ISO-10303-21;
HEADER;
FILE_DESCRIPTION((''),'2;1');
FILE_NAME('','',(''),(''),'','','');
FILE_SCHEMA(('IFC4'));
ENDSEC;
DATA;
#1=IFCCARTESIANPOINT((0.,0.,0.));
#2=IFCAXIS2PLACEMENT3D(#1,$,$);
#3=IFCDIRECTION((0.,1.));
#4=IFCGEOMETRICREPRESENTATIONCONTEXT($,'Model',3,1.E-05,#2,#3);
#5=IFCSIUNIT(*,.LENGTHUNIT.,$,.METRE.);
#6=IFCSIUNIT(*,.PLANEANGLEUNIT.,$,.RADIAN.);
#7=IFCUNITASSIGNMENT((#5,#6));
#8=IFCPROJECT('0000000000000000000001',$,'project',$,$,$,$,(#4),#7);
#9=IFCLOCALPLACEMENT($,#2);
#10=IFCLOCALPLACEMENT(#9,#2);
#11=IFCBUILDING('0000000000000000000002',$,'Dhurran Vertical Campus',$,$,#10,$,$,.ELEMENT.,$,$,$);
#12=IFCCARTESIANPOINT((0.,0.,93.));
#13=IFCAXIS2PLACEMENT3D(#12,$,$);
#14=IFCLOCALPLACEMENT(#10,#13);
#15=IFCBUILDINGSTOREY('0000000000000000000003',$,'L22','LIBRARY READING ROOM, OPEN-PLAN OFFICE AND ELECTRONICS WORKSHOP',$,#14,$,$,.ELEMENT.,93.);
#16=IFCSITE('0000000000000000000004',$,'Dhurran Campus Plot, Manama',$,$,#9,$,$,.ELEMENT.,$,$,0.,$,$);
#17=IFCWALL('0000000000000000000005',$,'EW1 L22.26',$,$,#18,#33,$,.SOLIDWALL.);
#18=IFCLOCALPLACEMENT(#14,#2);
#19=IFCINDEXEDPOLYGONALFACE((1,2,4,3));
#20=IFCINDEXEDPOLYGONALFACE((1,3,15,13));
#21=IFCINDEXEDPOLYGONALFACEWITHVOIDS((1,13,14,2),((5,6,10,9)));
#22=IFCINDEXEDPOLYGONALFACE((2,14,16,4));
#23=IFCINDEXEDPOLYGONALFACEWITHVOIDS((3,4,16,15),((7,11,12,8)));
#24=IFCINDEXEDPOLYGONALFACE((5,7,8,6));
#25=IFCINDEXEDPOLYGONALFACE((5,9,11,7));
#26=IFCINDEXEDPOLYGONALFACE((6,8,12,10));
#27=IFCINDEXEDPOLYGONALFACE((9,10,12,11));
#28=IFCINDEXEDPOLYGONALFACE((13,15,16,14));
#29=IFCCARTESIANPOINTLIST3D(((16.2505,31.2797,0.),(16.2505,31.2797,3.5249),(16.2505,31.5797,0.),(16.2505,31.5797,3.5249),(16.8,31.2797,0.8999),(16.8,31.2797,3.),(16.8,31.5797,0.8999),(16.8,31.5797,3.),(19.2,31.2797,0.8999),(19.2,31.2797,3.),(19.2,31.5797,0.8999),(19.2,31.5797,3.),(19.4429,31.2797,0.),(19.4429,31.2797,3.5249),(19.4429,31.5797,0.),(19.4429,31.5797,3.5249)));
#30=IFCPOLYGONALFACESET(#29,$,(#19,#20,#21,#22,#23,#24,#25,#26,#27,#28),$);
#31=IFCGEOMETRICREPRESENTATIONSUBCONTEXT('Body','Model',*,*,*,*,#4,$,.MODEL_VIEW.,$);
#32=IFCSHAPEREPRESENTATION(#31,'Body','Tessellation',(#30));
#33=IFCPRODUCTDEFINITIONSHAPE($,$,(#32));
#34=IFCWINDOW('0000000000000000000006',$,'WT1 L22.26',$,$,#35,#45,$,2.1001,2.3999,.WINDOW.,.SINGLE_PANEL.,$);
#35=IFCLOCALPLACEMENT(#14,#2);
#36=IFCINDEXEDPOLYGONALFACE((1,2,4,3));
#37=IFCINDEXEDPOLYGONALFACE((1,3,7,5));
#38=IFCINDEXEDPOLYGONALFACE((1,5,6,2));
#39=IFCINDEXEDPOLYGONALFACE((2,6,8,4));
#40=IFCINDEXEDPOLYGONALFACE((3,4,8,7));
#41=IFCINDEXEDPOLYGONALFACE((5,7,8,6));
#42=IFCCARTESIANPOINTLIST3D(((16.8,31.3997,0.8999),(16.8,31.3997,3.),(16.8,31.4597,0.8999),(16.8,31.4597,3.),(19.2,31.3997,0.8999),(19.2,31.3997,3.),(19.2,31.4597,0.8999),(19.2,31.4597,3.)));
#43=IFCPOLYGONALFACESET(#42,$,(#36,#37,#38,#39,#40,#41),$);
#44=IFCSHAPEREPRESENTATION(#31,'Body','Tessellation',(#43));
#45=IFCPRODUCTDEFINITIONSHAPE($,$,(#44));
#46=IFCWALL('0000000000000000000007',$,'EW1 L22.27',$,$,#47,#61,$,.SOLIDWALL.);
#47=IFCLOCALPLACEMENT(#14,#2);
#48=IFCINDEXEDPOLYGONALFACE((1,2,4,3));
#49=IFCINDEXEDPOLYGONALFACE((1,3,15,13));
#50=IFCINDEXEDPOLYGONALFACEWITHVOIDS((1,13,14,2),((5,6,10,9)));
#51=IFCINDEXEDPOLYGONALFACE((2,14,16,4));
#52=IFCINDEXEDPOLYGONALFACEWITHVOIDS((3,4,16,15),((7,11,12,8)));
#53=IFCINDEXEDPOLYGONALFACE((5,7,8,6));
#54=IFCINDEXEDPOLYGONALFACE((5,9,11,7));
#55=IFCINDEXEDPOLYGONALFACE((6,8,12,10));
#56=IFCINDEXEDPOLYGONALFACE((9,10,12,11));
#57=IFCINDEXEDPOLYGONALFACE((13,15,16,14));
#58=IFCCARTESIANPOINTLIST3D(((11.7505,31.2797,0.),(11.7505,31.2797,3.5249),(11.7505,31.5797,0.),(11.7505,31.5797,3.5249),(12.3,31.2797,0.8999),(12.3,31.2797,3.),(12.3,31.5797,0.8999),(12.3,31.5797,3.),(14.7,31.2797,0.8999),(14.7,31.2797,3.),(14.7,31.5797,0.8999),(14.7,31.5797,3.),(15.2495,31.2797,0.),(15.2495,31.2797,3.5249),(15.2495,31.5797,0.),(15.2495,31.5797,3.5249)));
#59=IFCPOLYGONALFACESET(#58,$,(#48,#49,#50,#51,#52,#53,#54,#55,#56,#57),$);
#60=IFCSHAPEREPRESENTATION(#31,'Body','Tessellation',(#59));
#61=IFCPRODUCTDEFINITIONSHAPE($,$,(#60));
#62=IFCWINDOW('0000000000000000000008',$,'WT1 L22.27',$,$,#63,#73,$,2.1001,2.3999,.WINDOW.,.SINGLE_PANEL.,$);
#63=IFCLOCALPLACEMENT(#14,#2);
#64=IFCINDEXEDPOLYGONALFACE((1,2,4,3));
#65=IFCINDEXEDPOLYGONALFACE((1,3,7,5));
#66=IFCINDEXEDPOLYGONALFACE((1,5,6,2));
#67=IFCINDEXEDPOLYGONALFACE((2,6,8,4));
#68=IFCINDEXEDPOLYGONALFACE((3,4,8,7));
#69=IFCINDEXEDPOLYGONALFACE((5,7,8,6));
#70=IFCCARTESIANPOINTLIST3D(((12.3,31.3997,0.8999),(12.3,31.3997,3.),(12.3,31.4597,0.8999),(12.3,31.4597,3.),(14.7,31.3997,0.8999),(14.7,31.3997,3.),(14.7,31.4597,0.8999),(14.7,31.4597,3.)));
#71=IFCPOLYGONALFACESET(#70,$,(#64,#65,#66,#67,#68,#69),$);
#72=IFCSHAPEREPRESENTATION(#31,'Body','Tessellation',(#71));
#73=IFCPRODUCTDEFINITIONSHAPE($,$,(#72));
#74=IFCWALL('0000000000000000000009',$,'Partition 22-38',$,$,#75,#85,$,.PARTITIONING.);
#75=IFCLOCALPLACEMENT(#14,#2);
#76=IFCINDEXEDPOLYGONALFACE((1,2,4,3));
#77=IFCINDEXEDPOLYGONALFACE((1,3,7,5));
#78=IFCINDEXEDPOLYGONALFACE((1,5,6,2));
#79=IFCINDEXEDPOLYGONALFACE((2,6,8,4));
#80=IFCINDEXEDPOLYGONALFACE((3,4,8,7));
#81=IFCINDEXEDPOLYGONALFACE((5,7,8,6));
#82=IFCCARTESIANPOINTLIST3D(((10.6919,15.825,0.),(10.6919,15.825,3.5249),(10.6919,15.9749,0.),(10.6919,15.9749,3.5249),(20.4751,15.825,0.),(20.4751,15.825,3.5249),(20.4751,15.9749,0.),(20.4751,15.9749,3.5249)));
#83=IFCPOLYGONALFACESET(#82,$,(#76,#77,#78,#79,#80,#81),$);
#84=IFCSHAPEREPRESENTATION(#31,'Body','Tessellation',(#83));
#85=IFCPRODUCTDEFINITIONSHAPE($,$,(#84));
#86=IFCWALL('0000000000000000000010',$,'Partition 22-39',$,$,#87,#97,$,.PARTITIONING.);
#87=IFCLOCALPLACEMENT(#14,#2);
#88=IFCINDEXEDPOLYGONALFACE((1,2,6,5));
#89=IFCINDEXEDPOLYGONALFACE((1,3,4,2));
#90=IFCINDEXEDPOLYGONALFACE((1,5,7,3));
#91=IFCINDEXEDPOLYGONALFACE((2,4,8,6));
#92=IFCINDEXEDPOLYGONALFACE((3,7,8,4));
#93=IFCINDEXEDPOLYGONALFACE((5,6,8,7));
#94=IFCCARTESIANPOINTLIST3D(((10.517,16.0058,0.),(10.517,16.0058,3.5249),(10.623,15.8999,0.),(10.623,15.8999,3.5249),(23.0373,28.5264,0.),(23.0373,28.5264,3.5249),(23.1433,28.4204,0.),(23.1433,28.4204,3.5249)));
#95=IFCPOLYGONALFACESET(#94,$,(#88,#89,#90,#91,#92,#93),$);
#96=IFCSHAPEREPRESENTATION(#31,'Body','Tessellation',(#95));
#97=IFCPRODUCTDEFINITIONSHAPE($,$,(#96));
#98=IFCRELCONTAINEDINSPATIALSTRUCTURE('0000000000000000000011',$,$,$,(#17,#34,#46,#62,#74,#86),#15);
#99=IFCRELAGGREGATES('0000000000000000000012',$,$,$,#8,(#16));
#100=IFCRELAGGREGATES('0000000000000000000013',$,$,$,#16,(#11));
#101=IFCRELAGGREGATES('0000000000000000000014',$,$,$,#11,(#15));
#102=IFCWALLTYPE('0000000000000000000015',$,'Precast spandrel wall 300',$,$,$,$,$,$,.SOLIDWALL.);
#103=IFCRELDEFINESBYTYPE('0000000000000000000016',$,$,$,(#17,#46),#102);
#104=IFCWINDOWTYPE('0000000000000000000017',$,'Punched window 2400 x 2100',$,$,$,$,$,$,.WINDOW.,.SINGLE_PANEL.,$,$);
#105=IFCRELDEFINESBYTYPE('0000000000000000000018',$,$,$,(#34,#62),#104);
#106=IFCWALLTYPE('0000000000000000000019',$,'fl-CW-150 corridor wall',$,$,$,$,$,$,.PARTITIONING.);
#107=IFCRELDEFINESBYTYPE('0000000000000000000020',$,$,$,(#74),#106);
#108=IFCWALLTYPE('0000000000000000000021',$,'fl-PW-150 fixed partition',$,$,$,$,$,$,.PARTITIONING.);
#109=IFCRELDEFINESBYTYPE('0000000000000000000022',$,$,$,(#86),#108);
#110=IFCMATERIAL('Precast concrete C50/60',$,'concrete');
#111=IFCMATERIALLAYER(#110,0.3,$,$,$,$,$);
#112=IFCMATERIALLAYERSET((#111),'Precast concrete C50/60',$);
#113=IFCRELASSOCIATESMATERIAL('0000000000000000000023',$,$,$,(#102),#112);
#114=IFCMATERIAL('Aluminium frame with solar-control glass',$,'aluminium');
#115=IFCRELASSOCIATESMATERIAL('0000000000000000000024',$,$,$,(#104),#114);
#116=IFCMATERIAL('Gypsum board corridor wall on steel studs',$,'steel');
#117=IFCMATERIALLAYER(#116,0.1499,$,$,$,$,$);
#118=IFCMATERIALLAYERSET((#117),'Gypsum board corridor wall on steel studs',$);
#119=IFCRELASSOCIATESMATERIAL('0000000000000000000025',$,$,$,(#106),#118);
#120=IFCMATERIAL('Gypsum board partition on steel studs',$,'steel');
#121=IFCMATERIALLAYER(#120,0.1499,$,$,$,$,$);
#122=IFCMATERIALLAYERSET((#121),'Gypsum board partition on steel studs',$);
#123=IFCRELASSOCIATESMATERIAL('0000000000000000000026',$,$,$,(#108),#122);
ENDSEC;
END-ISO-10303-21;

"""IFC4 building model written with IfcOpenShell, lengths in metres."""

from ifc_helpers import new_model, si_unit, direction, frame, frame_2d, origin, place, context, subcontext, project, spatial, rectangle, extrude, material, layer, layer_set, type_object, element, fill, save


model = new_model("IFC4")

# Units and contexts
model_context = context("Model", 3, precision=1e-05, world=origin(), true_north=direction((0.0, 1.0)))
body_context = subcontext(model_context, "Body", "Model", "MODEL_VIEW")
ifc_project = project(units=[si_unit("LENGTHUNIT", "METRE"), si_unit("PLANEANGLEUNIT", "RADIAN")], contexts=[model_context])

# Site, building, storey
site_placement = place(None, origin())
site = spatial("IfcSite", under=ifc_project, at=site_placement, Name="Dhurran Campus Plot, Manama", CompositionType="ELEMENT", RefElevation=0.0)
building_placement = place(site_placement, origin())
building = spatial("IfcBuilding", under=site, at=building_placement, Name="Dhurran Vertical Campus", CompositionType="ELEMENT")
storey_placement = place(building_placement, frame((0.0, 0.0, 93.0)))
storey = spatial("IfcBuildingStorey", under=building, at=storey_placement, Name="L22", Description="LIBRARY READING ROOM, OPEN-PLAN OFFICE AND ELECTRONICS WORKSHOP", CompositionType="ELEMENT", Elevation=93.0)

# Walls, openings, windows
ifc_material_1 = material(Name="Precast concrete C50/60", Category="concrete")
ifc_layer_1 = layer(ifc_material_1, 0.3)
ifc_layer_set_1 = layer_set([ifc_layer_1], Name="Precast concrete C50/60")
wall_type_1 = type_object("IfcWallType", Name="Precast spandrel wall 300", PredefinedType="SOLIDWALL", material=ifc_layer_set_1)
ifc_material_2 = material(Name="Aluminium frame with solar-control glass", Category="aluminium")
window_type = type_object("IfcWindowType", Name="Punched window 2400 x 2100", PartitioningType="SINGLE_PANEL", PredefinedType="WINDOW", material=ifc_material_2)
wall_1_placement = place(storey_placement, frame((19.4429, 31.4297, 0.0), z_axis=(0.0, 0.0, 1.0), x_axis=(-1.0, 0.0, 0.0)))
wall_1 = element("IfcWall", 1, at=wall_1_placement, inside=storey, type_object=wall_type_1, Name="EW1 L22.26", PredefinedType="SOLIDWALL", context=body_context, shape_type="SweptSolid", body=[
    extrude(rectangle(XDim=3.1924, YDim=0.3, at=frame_2d((1.5962, 0.0))), origin(), (0.0, 0.0, 1.0), 3.5249),
])
opening_1_placement = place(wall_1_placement, frame((0.2429, 0.0, 0.8999)))
opening_1 = element("IfcOpeningElement", 2, at=opening_1_placement, cuts=wall_1, PredefinedType="OPENING", context=body_context, shape_type="SweptSolid", body=[
    extrude(rectangle(XDim=2.3999, YDim=2.1001, at=frame_2d((1.2, 1.05))), frame((0.0, 0.1599, 0.0), z_axis=(0.0, -1.0, 0.0), x_axis=(1.0, 0.0, 0.0)), (0.0, 0.0, 1.0), 0.3201),
])
window_1_placement = place(opening_1_placement, origin())
window_1 = element("IfcWindow", 3, at=window_1_placement, inside=storey, type_object=window_type, Name="WT1 L22.26", OverallHeight=2.1001, OverallWidth=2.3999, PartitioningType="SINGLE_PANEL", PredefinedType="WINDOW", context=body_context, shape_type="SweptSolid", body=[
    extrude(rectangle(XDim=2.3999, YDim=2.1001, at=frame_2d((1.2, 1.05))), frame((0.0, 0.03, 0.0), z_axis=(0.0, -1.0, 0.0), x_axis=(1.0, 0.0, 0.0)), (0.0, 0.0, 1.0), 0.0601),
])
fill(opening_1, window_1)
wall_2_placement = place(storey_placement, frame((15.2495, 31.4297, 0.0), z_axis=(0.0, 0.0, 1.0), x_axis=(-1.0, 0.0, 0.0)))
wall_2 = element("IfcWall", 4, at=wall_2_placement, inside=storey, type_object=wall_type_1, Name="EW1 L22.27", PredefinedType="SOLIDWALL", context=body_context, shape_type="SweptSolid", body=[
    extrude(rectangle(XDim=3.499, YDim=0.3, at=frame_2d((1.7495, 0.0))), origin(), (0.0, 0.0, 1.0), 3.5249),
])
opening_2_placement = place(wall_2_placement, frame((0.5496, 0.0, 0.8999)))
opening_2 = element("IfcOpeningElement", 5, at=opening_2_placement, cuts=wall_2, PredefinedType="OPENING", context=body_context, shape_type="SweptSolid", body=[
    extrude(rectangle(XDim=2.3999, YDim=2.1001, at=frame_2d((1.2, 1.05))), frame((0.0, 0.1599, 0.0), z_axis=(0.0, -1.0, 0.0), x_axis=(1.0, 0.0, 0.0)), (0.0, 0.0, 1.0), 0.3201),
])
window_2_placement = place(opening_2_placement, origin())
window_2 = element("IfcWindow", 6, at=window_2_placement, inside=storey, type_object=window_type, Name="WT1 L22.27", OverallHeight=2.1001, OverallWidth=2.3999, PartitioningType="SINGLE_PANEL", PredefinedType="WINDOW", context=body_context, shape_type="SweptSolid", body=[
    extrude(rectangle(XDim=2.3999, YDim=2.1001, at=frame_2d((1.2, 1.05))), frame((0.0, 0.03, 0.0), z_axis=(0.0, -1.0, 0.0), x_axis=(1.0, 0.0, 0.0)), (0.0, 0.0, 1.0), 0.0601),
])
fill(opening_2, window_2)

# Walls
ifc_material_3 = material(Name="Gypsum board corridor wall on steel studs", Category="steel")
ifc_layer_2 = layer(ifc_material_3, 0.1499)
ifc_layer_set_2 = layer_set([ifc_layer_2], Name="Gypsum board corridor wall on steel studs")
wall_type_2 = type_object("IfcWallType", Name="fl-CW-150 corridor wall", PredefinedType="PARTITIONING", material=ifc_layer_set_2)
wall_3_placement = place(storey_placement, frame((20.4751, 15.8999, 0.0), z_axis=(0.0, 0.0, 1.0), x_axis=(-1.0, 0.0, 0.0)))
element("IfcWall", 7, at=wall_3_placement, inside=storey, type_object=wall_type_2, Name="Partition 22-38", PredefinedType="PARTITIONING", context=body_context, shape_type="SweptSolid", body=[
    extrude(rectangle(XDim=9.7832, YDim=0.1499, at=frame_2d((4.8916, 0.0))), origin(), (0.0, 0.0, 1.0), 3.5249),
])
ifc_material_4 = material(Name="Gypsum board partition on steel studs", Category="steel")
ifc_layer_3 = layer(ifc_material_4, 0.1499)
ifc_layer_set_3 = layer_set([ifc_layer_3], Name="Gypsum board partition on steel studs")
wall_type_3 = type_object("IfcWallType", Name="fl-PW-150 fixed partition", PredefinedType="PARTITIONING", material=ifc_layer_set_3)
wall_4_placement = place(storey_placement, frame((23.0903, 28.4734, 0.0), z_axis=(0.0, 0.0, 1.0), x_axis=(-0.7071, -0.707114, 0.0)))
element("IfcWall", 8, at=wall_4_placement, inside=storey, type_object=wall_type_3, Name="Partition 22-39", PredefinedType="PARTITIONING", context=body_context, shape_type="SweptSolid", body=[
    extrude(rectangle(XDim=17.7065, YDim=0.1499, at=frame_2d((8.8533, 0.0))), origin(), (0.0, 0.0, 1.0), 3.5249),
])

save(model, "model.ifc")
